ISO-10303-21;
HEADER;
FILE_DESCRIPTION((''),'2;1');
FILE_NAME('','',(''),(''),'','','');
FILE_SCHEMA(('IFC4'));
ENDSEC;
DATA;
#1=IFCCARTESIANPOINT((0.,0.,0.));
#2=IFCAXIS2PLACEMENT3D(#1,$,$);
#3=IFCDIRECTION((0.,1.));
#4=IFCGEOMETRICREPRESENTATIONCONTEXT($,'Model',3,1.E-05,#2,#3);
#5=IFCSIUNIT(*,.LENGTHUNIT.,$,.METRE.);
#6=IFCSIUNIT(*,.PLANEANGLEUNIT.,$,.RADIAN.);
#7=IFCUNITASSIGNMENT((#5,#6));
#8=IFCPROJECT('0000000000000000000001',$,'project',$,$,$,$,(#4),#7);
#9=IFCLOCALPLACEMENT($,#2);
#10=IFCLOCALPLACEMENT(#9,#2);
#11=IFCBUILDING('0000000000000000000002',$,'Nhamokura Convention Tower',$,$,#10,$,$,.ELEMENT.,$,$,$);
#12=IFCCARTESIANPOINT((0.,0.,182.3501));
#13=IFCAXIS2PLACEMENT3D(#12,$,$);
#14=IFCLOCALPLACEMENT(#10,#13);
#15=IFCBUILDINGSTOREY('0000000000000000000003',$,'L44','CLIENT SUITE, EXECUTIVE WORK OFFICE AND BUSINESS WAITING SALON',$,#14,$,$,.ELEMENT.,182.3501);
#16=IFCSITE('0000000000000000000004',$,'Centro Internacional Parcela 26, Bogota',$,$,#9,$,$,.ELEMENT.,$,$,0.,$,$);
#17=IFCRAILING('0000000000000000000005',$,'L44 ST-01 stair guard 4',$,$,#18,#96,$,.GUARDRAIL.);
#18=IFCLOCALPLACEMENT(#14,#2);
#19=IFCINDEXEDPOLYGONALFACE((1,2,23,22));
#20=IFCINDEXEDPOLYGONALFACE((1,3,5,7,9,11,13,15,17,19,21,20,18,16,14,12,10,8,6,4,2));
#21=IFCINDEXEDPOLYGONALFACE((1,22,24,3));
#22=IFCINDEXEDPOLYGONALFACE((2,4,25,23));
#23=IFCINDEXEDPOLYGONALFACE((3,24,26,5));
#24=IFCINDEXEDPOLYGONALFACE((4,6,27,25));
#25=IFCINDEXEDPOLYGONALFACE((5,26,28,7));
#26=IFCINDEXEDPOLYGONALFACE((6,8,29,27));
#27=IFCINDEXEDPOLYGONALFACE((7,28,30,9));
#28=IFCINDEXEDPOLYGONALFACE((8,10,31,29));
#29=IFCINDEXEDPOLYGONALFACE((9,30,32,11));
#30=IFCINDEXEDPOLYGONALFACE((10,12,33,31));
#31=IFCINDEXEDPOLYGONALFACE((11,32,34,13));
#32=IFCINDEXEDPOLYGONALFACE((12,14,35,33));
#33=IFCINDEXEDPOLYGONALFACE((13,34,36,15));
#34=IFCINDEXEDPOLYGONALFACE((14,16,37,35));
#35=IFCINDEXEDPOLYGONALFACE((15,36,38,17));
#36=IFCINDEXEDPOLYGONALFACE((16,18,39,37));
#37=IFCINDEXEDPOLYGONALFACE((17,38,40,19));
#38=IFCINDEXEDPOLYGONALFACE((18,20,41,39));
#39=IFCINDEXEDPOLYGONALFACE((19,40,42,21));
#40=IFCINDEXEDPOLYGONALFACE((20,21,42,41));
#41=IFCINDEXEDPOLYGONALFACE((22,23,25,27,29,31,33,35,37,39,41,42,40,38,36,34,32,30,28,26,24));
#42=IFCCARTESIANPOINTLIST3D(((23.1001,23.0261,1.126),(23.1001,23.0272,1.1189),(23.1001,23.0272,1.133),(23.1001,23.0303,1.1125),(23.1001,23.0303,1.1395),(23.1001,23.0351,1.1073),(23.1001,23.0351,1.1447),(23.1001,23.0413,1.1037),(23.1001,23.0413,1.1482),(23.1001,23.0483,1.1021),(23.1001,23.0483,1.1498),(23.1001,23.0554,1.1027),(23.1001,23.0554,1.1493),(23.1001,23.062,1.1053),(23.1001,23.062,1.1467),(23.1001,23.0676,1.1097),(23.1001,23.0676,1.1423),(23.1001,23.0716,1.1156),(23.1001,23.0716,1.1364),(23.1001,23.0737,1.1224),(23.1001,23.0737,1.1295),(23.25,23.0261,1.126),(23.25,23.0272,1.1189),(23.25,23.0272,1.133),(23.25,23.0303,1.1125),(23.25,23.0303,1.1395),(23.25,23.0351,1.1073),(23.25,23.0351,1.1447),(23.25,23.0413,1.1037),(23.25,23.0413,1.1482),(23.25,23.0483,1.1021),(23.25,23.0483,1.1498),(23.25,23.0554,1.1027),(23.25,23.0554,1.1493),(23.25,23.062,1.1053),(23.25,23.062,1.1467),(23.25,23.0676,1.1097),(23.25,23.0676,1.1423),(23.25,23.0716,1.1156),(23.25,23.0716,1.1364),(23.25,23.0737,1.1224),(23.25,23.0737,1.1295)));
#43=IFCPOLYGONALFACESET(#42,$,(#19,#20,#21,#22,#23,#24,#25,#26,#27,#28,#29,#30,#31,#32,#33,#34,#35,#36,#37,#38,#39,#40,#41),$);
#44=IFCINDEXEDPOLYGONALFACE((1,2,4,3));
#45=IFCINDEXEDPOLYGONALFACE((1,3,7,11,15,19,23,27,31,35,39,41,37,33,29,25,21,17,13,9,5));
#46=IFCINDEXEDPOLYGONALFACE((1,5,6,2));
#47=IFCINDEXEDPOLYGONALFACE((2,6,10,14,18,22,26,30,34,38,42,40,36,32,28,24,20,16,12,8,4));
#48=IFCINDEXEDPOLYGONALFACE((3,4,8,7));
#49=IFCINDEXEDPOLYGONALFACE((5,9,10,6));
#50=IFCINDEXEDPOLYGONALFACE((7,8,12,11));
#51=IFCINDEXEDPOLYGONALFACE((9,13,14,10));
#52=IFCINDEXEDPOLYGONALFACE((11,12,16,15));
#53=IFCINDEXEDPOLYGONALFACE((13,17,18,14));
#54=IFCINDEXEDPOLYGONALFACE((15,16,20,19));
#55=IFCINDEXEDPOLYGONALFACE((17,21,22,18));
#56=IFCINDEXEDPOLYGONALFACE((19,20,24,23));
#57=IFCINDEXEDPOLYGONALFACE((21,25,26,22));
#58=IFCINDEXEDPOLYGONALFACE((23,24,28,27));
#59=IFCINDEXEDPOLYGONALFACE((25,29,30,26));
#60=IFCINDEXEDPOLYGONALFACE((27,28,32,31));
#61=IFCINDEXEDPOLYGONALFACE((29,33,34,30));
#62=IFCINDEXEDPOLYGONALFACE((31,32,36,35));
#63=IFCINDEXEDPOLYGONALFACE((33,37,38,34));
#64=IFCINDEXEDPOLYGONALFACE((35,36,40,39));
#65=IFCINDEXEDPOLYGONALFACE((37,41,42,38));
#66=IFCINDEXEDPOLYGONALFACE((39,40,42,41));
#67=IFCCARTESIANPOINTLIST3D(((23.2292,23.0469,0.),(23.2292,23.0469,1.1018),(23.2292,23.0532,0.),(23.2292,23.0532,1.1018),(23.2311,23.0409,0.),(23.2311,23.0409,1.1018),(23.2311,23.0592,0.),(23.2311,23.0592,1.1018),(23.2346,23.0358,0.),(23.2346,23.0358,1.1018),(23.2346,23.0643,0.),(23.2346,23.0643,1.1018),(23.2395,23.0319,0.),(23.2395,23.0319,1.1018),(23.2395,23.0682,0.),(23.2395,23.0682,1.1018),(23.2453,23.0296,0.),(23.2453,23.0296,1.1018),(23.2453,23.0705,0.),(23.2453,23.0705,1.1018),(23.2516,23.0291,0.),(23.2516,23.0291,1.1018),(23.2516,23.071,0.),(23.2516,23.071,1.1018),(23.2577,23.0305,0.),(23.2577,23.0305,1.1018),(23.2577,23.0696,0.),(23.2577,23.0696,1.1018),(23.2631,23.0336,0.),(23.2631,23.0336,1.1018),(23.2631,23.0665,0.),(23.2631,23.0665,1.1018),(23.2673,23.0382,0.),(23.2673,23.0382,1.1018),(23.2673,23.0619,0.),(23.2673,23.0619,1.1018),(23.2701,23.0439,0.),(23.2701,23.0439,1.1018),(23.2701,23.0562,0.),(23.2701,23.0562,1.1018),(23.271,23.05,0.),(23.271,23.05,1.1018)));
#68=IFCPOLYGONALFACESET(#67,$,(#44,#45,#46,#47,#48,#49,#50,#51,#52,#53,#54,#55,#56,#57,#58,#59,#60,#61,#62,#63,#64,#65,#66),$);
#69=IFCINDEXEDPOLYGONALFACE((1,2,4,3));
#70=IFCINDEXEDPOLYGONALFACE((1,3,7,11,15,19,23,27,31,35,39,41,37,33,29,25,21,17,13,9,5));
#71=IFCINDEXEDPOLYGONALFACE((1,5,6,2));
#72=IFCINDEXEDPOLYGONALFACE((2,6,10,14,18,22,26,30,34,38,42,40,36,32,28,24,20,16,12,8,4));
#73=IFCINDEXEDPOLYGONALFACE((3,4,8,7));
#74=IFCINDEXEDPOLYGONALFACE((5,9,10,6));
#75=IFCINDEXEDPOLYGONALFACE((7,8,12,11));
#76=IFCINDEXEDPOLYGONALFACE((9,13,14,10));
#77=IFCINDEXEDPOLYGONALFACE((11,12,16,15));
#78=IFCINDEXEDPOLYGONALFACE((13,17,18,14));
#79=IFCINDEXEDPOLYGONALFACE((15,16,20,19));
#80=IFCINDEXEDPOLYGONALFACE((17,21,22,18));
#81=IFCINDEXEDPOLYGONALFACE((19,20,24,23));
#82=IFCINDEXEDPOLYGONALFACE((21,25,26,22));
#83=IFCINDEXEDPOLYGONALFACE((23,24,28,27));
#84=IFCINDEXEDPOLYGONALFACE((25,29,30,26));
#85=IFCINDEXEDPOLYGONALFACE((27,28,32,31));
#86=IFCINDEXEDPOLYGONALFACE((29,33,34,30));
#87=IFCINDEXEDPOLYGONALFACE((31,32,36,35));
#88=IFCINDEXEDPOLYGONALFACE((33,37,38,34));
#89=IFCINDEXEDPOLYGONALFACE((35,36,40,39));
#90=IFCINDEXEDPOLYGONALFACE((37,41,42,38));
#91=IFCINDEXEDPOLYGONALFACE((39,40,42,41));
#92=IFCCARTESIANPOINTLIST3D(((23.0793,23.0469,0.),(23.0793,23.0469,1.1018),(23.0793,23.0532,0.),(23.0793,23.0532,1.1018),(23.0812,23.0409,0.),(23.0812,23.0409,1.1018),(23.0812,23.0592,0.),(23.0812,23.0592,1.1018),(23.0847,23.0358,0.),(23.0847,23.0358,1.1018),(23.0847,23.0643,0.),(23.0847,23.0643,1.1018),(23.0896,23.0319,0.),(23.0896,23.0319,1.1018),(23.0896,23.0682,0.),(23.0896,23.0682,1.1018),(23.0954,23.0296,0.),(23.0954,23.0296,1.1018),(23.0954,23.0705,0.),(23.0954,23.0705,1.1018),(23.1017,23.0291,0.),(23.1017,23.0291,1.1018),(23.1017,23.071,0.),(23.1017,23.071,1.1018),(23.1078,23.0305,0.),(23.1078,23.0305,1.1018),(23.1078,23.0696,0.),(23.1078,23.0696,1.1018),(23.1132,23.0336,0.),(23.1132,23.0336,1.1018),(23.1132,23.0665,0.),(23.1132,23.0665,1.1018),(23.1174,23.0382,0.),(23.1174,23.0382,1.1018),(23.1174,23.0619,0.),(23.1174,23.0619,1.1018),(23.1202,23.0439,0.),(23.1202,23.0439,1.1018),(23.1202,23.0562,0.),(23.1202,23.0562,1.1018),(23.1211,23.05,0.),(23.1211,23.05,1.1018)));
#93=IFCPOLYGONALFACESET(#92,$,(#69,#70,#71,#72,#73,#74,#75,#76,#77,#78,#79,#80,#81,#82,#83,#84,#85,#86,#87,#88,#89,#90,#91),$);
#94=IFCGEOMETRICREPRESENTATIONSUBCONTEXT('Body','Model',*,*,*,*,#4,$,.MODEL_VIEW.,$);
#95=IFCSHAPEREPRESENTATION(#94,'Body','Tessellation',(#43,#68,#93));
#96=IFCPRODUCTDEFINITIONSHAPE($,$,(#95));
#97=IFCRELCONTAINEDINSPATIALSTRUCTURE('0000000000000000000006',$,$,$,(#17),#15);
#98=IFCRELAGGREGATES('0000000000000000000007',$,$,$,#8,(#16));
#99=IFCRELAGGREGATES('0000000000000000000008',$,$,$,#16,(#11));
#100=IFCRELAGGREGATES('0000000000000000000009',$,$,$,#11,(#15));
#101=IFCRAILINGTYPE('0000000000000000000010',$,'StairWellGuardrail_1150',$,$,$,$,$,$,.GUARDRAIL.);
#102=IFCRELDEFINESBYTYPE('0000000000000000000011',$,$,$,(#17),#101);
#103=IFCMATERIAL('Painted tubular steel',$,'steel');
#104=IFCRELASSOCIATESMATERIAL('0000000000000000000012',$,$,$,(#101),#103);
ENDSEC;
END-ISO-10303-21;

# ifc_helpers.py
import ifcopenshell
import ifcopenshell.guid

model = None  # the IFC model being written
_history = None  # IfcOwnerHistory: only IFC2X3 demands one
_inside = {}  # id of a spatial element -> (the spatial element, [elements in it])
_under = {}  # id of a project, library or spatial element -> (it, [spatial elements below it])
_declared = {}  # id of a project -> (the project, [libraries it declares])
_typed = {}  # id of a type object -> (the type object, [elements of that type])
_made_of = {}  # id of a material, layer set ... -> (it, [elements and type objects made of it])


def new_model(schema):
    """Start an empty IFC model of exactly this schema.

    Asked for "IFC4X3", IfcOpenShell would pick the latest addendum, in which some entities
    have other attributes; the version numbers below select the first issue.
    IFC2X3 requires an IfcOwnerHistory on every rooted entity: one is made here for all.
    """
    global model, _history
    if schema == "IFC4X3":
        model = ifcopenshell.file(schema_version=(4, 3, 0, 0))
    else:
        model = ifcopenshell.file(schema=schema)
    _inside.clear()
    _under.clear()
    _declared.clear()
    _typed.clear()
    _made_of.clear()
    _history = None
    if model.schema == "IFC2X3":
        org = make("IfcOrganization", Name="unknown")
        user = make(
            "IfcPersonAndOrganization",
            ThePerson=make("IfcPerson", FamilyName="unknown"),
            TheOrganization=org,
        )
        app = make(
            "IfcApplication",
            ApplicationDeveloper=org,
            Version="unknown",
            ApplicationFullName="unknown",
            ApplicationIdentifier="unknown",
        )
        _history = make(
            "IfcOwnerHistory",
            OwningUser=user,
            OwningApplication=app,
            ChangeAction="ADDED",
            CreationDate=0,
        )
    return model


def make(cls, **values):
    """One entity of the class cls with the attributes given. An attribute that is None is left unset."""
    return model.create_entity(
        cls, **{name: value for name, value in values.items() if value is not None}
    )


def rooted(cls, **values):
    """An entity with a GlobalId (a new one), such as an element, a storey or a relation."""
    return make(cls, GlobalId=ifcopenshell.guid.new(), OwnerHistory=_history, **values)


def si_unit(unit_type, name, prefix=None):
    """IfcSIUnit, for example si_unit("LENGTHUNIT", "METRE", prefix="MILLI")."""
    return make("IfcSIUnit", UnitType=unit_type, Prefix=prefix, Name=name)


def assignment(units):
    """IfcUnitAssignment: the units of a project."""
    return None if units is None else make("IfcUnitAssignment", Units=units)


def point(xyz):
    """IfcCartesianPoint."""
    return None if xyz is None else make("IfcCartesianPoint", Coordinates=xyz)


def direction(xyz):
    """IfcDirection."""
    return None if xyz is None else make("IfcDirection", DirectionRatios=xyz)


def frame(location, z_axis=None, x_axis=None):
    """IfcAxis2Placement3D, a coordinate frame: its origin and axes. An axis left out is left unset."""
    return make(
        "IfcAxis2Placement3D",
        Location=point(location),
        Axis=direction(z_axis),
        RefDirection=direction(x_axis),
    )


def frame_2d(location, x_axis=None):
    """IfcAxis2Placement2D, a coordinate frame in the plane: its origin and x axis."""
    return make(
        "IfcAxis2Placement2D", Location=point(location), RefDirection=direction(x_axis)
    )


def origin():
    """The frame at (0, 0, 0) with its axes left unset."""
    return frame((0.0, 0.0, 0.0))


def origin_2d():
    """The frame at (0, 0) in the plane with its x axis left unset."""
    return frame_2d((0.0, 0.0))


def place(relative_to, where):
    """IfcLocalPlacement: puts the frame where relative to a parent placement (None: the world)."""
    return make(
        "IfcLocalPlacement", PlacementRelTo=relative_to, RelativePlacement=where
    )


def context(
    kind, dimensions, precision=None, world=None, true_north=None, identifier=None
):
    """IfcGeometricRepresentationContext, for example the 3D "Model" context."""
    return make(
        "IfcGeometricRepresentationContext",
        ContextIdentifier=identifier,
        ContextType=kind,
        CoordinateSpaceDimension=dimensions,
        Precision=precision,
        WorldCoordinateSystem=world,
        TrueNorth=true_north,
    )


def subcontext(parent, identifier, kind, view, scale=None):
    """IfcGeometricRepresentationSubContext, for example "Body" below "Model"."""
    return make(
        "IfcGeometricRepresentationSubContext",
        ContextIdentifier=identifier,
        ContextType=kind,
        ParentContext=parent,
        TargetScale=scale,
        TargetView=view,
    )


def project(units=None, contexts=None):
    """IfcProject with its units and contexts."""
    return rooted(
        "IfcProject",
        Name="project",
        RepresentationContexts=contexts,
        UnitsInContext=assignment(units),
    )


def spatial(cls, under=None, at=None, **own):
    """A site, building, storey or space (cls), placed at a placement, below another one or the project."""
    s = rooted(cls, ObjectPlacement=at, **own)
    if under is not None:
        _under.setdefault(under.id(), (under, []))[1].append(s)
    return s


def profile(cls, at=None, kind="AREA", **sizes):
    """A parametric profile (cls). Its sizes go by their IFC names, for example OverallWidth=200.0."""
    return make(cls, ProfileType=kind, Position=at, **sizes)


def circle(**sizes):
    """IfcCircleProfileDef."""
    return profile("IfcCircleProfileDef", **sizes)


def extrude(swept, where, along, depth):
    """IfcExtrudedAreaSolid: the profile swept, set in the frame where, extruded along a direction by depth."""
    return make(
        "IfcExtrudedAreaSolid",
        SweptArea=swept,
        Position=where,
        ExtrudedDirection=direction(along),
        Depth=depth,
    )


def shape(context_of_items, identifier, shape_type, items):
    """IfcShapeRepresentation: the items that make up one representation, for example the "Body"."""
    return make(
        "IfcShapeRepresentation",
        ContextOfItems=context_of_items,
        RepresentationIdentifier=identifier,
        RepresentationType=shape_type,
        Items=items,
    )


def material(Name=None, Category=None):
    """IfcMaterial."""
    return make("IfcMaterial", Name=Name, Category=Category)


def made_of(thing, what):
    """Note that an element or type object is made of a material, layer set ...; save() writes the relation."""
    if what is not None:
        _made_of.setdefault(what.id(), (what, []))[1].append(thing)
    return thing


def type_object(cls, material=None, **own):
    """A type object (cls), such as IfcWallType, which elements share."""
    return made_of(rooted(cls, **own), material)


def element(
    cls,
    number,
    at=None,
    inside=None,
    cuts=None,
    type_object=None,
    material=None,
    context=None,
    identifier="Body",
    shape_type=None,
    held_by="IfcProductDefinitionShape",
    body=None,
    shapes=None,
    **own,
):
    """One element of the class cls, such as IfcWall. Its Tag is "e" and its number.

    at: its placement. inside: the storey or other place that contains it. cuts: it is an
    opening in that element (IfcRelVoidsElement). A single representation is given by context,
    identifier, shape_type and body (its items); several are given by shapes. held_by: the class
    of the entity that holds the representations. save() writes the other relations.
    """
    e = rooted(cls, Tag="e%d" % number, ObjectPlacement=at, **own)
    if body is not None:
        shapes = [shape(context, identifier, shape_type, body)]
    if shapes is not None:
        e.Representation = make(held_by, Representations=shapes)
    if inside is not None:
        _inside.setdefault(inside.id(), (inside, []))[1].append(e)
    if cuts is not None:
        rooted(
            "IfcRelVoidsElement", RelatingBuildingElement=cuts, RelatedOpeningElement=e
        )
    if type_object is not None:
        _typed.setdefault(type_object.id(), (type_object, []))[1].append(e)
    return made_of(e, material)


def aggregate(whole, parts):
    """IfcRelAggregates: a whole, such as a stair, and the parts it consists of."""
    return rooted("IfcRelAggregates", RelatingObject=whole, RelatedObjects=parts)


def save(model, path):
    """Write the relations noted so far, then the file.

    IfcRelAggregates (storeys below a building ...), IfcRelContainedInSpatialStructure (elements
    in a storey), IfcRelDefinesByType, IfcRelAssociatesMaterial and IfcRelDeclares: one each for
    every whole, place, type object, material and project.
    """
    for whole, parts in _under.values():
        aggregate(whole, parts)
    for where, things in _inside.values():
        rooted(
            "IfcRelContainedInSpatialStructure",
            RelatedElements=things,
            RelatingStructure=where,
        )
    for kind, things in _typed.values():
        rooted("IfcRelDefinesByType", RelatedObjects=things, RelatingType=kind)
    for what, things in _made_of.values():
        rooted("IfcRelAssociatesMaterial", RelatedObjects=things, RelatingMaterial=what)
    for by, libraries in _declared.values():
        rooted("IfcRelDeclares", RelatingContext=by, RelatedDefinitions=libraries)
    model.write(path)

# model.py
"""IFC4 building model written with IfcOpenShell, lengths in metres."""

from ifc_helpers import new_model, si_unit, direction, frame, origin, origin_2d, place, context, subcontext, project, spatial, circle, extrude, material, type_object, element, save


model = new_model("IFC4")

# Units and contexts
model_context = context("Model", 3, precision=1e-05, world=origin(), true_north=direction((0.0, 1.0)))
body_context = subcontext(model_context, "Body", "Model", "MODEL_VIEW")
ifc_project = project(units=[si_unit("LENGTHUNIT", "METRE"), si_unit("PLANEANGLEUNIT", "RADIAN")], contexts=[model_context])

# Site, building, storey
site_placement = place(None, origin())
site = spatial("IfcSite", under=ifc_project, at=site_placement, Name="Centro Internacional Parcela 26, Bogota", CompositionType="ELEMENT", RefElevation=0.0)
building_placement = place(site_placement, origin())
building = spatial("IfcBuilding", under=site, at=building_placement, Name="Nhamokura Convention Tower", CompositionType="ELEMENT")
storey_placement = place(building_placement, frame((0.0, 0.0, 182.3501)))
storey = spatial("IfcBuildingStorey", under=building, at=storey_placement, Name="L44", Description="CLIENT SUITE, EXECUTIVE WORK OFFICE AND BUSINESS WAITING SALON", CompositionType="ELEMENT", Elevation=182.3501)

# Railing
ifc_material_1 = material(Name="Painted tubular steel", Category="steel")
railing_type_1 = type_object("IfcRailingType", Name="StairWellGuardrail_1150", PredefinedType="GUARDRAIL", material=ifc_material_1)
railing_1_placement = place(storey_placement, frame((23.25, 23.05, 0.0)))
element("IfcRailing", 1, at=railing_1_placement, inside=storey, type_object=railing_type_1, Name="L44 ST-01 stair guard 4", PredefinedType="GUARDRAIL", context=body_context, shape_type="SweptSolid", body=[
    extrude(circle(Radius=0.0239, at=origin_2d()), frame((0.0, 0.0, 1.126), z_axis=(-1.0, 0.0, 0.0), x_axis=(0.0, -1.0, 0.0)), (0.0, 0.0, 1.0), 0.1499),
    extrude(circle(Radius=0.021, at=origin_2d()), origin(), (0.0, 0.0, 1.0), 1.1018),
    extrude(circle(Radius=0.021, at=origin_2d()), frame((-0.1499, 0.0, 0.0)), (0.0, 0.0, 1.0), 1.1018),
])

save(model, "model.ifc")
